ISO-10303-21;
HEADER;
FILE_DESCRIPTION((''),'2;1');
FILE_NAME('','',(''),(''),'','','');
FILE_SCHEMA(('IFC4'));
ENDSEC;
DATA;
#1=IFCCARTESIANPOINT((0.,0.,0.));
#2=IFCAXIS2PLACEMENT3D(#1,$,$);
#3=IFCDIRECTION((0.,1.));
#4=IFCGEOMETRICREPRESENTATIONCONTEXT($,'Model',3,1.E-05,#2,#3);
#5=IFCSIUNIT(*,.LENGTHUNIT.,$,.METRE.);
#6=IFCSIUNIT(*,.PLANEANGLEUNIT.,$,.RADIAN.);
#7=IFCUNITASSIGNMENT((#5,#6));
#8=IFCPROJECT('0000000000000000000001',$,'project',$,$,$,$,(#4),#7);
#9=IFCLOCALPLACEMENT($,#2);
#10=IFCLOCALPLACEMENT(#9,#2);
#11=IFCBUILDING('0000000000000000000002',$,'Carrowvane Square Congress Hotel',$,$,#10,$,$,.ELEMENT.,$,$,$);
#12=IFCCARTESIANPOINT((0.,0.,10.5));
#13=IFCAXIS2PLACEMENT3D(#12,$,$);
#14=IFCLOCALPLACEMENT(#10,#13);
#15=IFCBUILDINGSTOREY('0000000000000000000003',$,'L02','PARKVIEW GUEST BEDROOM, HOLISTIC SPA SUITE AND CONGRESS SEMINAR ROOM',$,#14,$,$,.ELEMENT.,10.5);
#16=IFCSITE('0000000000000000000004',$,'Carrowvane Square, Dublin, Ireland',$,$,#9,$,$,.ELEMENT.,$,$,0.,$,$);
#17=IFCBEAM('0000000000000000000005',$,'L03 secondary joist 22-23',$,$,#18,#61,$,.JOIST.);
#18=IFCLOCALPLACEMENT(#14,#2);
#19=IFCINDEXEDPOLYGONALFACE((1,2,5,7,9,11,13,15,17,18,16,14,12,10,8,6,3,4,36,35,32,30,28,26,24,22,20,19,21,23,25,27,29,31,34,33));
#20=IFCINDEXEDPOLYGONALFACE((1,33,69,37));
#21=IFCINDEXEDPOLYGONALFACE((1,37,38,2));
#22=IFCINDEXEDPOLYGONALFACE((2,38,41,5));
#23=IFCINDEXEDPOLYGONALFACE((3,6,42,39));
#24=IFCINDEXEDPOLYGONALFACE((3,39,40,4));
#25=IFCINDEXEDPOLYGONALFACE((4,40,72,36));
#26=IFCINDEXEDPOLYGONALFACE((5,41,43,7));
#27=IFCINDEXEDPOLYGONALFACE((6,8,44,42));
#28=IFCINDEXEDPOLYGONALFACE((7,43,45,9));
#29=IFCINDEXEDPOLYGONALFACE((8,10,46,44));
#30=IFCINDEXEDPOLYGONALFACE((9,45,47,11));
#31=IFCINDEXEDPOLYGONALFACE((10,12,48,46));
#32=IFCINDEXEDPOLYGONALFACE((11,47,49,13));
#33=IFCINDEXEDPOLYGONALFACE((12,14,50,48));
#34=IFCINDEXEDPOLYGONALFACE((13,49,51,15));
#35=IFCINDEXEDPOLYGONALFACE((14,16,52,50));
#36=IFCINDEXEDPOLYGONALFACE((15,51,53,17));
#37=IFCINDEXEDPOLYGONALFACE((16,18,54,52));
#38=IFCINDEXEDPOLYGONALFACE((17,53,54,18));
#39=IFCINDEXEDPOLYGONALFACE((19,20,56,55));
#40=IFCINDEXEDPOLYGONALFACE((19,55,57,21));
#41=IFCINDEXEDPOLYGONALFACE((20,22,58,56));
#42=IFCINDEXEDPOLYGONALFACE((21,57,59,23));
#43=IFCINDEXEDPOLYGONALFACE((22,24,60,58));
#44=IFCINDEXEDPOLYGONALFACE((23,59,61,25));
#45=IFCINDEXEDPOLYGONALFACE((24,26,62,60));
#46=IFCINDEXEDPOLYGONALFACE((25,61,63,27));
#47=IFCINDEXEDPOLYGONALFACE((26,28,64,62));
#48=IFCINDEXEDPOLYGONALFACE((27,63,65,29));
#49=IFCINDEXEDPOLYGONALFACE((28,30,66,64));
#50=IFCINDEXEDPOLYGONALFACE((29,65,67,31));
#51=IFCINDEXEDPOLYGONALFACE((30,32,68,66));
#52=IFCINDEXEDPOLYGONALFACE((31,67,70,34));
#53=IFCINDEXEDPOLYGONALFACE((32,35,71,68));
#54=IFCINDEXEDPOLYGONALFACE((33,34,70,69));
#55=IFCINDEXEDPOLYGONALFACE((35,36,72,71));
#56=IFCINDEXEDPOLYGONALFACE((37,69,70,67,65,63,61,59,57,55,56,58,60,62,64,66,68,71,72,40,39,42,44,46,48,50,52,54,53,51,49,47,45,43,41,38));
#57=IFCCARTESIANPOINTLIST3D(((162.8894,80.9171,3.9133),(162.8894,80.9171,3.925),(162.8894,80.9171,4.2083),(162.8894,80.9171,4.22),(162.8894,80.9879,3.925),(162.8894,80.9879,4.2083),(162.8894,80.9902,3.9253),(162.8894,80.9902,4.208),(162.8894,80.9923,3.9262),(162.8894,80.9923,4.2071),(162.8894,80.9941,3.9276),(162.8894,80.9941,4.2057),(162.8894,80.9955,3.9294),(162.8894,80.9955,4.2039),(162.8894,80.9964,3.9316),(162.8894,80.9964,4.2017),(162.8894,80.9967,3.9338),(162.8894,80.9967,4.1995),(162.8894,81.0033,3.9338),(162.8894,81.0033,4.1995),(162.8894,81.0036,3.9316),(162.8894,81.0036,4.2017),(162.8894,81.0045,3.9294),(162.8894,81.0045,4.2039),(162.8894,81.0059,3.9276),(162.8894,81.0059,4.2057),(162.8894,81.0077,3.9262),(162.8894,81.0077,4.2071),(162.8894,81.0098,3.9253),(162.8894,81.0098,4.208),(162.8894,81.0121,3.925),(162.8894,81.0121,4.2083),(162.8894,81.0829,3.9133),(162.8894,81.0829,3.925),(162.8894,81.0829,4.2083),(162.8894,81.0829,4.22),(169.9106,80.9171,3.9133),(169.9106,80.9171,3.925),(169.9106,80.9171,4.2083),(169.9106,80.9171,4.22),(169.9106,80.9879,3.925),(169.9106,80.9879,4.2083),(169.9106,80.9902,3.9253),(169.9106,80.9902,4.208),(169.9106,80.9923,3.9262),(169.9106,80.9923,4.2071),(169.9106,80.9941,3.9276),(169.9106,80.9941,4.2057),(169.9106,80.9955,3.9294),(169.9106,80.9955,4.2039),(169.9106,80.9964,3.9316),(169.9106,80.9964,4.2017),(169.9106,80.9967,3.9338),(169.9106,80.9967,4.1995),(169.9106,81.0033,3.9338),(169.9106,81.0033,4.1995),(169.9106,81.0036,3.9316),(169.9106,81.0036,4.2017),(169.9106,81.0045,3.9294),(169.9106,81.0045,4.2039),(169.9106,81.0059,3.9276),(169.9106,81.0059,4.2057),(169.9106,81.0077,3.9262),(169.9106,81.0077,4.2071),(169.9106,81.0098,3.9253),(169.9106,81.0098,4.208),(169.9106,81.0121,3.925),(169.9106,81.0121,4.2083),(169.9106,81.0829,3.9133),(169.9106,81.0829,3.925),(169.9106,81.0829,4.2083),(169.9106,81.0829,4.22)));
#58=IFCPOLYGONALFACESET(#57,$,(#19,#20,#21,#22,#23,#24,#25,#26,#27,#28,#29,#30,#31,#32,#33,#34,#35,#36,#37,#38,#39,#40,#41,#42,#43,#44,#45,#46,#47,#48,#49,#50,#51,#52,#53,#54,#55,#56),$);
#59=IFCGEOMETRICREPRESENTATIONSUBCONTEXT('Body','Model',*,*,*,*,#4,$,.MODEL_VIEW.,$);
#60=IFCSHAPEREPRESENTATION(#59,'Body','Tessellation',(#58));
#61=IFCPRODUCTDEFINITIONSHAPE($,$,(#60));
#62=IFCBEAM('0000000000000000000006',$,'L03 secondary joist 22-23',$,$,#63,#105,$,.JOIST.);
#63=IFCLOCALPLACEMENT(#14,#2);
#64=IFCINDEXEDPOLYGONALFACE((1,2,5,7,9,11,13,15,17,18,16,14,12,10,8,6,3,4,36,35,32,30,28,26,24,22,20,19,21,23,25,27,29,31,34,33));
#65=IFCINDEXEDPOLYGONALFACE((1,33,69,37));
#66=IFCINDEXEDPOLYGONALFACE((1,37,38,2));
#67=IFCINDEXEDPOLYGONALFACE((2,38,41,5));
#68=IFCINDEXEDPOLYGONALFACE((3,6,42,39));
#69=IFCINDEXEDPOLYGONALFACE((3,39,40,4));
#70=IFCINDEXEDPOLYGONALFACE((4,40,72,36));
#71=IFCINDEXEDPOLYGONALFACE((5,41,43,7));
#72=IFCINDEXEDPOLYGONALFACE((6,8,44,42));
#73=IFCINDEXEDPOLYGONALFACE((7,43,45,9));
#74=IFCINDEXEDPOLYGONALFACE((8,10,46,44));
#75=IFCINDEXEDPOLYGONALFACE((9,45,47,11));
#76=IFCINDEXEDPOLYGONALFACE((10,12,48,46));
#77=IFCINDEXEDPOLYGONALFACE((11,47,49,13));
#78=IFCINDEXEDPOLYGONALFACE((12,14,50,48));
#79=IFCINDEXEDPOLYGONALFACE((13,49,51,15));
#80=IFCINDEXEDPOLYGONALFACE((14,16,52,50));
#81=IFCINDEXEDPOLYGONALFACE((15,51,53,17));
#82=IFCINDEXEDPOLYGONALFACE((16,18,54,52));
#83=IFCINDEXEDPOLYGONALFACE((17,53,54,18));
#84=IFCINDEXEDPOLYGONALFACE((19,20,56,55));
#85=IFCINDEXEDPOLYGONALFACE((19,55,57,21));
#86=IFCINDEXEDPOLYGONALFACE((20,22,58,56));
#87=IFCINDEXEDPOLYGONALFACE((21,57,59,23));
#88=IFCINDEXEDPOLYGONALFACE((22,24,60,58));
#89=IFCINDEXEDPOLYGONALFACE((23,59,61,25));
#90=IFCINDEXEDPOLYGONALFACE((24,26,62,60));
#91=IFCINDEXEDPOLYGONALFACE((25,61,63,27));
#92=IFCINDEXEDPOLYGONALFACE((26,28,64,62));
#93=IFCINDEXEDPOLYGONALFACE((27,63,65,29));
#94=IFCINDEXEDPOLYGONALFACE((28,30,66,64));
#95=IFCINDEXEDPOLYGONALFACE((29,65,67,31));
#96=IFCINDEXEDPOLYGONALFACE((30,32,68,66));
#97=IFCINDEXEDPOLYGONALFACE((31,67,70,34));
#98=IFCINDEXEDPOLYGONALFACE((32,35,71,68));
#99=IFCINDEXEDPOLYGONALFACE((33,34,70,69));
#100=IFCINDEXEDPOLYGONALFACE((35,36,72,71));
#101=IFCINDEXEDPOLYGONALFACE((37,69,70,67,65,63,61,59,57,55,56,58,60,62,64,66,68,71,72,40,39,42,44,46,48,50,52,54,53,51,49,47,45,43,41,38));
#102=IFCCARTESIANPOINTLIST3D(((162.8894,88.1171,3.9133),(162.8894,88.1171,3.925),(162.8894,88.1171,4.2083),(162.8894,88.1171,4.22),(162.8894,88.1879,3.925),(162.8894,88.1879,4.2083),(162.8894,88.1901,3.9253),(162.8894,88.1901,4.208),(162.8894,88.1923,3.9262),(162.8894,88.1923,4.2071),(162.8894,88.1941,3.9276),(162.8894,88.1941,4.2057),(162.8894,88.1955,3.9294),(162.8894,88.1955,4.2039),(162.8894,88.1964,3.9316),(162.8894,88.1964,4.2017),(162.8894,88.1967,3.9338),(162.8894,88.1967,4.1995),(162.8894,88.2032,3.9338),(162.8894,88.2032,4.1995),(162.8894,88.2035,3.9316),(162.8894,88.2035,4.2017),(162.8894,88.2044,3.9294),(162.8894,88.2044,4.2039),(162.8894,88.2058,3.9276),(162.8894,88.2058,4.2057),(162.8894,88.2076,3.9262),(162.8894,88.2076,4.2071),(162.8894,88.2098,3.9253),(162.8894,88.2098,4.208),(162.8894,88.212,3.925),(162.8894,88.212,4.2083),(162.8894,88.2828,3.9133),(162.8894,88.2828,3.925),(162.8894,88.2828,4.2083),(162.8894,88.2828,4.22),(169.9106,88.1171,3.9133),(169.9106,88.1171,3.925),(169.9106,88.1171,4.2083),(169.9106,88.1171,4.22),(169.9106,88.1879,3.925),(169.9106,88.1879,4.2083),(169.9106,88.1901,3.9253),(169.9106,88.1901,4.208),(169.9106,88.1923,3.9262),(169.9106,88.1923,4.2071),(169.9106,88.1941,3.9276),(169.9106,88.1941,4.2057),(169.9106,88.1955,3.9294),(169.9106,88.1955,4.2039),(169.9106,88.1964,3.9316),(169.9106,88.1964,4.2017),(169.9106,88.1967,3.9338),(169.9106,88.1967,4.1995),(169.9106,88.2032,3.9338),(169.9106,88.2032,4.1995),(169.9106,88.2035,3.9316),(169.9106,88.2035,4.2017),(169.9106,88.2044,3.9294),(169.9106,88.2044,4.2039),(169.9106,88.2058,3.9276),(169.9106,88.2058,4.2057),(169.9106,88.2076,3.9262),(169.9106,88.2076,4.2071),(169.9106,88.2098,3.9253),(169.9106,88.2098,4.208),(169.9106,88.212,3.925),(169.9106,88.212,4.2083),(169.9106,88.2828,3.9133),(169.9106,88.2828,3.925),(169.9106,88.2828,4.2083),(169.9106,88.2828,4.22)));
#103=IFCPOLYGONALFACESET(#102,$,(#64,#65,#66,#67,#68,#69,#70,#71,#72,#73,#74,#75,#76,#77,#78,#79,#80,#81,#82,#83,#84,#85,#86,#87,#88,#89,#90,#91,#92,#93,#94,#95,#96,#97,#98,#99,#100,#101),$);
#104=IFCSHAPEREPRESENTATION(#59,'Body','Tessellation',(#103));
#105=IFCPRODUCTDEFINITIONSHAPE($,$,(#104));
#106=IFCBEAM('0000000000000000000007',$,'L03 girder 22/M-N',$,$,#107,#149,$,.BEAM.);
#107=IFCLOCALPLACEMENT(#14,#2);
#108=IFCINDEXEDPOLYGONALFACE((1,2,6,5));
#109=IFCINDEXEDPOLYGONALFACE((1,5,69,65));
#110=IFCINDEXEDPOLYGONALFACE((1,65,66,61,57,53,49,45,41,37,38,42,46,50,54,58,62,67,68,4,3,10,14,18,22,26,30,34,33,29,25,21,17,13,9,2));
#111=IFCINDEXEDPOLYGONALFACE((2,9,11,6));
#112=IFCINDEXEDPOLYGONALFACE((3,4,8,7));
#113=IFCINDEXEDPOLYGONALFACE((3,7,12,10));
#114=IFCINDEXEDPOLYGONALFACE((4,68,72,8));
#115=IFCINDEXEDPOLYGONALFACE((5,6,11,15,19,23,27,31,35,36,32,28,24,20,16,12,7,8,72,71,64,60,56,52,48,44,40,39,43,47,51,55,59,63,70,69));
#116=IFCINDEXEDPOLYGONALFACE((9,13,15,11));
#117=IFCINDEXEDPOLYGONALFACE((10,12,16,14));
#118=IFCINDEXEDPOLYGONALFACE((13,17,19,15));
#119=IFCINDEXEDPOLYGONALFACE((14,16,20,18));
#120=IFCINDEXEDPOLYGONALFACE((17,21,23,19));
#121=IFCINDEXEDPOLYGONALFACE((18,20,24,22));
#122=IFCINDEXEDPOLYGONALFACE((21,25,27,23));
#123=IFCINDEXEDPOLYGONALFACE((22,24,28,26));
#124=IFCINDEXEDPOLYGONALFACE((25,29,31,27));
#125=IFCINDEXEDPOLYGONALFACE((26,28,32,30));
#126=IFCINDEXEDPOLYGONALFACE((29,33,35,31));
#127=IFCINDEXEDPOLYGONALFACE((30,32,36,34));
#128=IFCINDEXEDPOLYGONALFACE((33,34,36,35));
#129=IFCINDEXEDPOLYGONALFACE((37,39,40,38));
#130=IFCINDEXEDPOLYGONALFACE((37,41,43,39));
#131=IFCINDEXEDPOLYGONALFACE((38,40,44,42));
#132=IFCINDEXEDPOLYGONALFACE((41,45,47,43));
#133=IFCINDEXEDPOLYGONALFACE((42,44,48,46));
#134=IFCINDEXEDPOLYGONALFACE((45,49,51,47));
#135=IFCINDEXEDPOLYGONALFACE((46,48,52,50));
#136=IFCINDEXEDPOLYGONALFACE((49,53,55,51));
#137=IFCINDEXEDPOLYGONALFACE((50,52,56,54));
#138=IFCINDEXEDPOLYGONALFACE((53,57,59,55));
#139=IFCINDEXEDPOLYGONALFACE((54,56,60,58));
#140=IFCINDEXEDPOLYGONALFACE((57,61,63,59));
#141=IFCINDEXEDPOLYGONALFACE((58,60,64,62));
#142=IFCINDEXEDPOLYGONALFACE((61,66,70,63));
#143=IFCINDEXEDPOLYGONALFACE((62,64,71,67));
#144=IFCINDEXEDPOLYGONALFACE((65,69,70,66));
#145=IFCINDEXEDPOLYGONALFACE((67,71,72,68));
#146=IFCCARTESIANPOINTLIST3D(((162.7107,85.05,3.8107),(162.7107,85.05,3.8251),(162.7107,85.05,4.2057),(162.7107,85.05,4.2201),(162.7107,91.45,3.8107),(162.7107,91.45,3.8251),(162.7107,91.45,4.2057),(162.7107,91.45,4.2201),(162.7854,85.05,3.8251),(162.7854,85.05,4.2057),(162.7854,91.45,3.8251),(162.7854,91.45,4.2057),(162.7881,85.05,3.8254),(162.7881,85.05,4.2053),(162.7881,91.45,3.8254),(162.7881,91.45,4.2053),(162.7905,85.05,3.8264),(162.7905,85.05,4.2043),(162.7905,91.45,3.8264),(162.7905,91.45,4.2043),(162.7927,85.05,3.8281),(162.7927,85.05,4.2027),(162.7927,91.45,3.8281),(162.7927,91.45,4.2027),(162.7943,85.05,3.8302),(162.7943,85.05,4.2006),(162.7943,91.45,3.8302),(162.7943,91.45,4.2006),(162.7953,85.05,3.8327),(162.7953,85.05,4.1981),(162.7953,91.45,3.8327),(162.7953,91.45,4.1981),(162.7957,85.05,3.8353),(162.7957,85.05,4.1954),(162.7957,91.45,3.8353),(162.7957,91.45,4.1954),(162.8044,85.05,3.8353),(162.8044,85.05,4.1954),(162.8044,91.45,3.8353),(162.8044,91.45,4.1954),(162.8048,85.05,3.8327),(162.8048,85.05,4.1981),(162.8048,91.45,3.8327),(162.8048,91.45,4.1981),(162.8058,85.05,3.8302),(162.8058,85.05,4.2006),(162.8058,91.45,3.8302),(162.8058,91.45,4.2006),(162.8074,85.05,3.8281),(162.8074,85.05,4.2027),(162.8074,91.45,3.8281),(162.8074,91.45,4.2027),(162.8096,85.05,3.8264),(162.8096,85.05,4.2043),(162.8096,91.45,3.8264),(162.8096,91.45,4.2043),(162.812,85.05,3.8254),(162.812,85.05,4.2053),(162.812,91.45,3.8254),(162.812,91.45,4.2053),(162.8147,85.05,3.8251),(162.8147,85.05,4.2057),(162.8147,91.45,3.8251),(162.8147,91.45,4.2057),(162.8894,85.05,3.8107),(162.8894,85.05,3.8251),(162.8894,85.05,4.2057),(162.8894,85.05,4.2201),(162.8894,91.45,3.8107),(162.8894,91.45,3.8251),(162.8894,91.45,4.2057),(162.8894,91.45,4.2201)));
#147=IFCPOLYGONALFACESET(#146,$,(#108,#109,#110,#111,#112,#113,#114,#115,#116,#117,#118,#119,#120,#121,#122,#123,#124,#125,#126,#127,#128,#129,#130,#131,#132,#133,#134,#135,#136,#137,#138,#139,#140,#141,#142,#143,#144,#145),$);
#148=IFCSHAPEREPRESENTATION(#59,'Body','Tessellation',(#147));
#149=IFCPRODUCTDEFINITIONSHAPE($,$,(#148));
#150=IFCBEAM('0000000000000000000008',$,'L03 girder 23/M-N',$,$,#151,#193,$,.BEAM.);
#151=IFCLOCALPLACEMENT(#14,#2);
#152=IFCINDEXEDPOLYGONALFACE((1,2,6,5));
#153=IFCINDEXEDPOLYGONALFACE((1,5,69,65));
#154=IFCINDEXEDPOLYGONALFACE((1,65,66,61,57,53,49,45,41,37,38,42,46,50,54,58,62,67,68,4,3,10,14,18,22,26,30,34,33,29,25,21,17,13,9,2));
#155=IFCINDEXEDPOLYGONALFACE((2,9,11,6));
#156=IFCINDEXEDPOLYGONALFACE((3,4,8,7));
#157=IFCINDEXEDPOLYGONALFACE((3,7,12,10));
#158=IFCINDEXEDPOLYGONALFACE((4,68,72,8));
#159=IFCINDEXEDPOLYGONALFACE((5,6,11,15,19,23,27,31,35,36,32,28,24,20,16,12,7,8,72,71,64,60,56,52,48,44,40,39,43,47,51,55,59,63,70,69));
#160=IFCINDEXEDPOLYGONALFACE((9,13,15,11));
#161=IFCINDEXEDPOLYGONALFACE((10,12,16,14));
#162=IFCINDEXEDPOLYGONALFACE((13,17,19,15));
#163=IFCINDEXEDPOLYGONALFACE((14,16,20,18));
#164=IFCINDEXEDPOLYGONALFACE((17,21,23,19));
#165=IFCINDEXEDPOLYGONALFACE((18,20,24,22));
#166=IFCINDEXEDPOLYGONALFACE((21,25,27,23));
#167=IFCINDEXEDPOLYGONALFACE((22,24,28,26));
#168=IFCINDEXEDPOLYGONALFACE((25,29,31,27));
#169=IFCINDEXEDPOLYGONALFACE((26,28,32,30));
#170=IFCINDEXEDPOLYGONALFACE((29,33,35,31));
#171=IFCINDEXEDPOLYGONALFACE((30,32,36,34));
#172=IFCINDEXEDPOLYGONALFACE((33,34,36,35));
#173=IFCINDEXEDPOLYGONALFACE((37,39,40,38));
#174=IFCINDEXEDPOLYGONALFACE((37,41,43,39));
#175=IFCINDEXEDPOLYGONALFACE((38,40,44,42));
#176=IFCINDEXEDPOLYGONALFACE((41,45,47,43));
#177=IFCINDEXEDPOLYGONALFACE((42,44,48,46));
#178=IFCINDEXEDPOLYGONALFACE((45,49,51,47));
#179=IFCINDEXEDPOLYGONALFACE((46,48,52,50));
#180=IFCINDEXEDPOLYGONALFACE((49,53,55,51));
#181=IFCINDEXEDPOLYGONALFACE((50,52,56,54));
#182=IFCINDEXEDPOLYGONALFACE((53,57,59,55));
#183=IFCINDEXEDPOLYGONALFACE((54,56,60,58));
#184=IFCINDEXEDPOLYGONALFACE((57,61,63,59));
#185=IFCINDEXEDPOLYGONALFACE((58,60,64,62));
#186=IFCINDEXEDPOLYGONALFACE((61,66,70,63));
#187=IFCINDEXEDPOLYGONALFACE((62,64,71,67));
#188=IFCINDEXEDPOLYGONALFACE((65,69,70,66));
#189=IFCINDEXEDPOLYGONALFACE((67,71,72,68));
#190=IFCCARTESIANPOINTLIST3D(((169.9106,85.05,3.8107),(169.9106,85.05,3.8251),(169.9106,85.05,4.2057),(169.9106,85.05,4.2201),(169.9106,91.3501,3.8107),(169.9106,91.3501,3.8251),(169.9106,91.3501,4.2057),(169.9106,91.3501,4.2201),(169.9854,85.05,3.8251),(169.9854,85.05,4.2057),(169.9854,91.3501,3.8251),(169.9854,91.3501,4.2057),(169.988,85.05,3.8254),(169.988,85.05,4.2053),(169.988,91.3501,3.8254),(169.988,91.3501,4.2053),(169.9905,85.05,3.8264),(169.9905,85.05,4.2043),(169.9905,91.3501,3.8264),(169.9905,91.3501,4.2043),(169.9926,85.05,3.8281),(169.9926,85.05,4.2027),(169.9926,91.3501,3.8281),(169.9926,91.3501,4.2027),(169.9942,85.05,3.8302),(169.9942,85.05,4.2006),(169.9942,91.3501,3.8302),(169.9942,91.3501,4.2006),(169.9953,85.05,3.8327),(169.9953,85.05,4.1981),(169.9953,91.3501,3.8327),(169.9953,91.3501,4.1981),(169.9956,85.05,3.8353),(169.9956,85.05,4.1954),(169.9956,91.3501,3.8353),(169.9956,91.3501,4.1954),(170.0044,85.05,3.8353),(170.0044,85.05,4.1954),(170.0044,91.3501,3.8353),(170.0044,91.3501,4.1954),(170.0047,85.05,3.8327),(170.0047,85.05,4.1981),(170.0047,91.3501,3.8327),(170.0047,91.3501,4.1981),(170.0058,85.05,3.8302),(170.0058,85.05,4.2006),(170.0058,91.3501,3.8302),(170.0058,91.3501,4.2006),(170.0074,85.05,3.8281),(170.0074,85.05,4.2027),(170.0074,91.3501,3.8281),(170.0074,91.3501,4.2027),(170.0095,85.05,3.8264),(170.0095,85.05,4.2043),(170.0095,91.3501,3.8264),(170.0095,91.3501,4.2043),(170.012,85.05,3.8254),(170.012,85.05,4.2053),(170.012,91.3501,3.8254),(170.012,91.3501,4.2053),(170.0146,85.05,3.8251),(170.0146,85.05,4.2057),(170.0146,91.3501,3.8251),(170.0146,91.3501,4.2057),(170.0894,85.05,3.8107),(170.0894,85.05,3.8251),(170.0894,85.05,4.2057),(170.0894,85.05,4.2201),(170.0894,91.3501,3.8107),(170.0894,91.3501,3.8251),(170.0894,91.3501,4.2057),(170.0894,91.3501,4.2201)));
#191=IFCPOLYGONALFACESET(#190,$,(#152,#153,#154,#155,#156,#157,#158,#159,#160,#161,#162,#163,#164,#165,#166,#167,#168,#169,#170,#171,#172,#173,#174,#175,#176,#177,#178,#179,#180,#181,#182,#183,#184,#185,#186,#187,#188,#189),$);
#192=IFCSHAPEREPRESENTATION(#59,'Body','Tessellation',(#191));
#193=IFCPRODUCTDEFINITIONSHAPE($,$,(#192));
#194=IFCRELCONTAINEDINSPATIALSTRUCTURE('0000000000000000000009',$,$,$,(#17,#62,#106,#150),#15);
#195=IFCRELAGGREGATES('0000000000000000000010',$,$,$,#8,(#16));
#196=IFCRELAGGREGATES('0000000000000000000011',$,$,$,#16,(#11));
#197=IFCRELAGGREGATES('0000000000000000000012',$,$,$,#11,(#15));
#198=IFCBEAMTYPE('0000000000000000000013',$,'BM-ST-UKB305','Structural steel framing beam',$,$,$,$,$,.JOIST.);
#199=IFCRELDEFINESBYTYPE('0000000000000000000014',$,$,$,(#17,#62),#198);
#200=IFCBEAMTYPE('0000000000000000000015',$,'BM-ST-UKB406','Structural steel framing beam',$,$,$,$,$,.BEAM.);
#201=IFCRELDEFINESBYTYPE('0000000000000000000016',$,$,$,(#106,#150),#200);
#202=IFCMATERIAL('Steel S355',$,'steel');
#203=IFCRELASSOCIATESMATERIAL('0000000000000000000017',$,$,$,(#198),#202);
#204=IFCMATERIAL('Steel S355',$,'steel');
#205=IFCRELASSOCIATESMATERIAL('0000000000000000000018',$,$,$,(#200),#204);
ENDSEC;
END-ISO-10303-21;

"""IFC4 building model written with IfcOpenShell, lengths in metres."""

from ifc_helpers import new_model, si_unit, direction, frame, origin, origin_2d, place, context, subcontext, project, spatial, i_section, extrude, material, material_profile, profile_set, type_object, element, save


model = new_model("IFC4")

# Units and contexts
model_context = context("Model", 3, precision=1e-05, world=origin(), true_north=direction((0.0, 1.0)))
body_context = subcontext(model_context, "Body", "Model", "MODEL_VIEW")
ifc_project = project(units=[si_unit("LENGTHUNIT", "METRE"), si_unit("PLANEANGLEUNIT", "RADIAN")], contexts=[model_context])

# Site, building, storey
site_placement = place(None, origin())
site = spatial("IfcSite", under=ifc_project, at=site_placement, Name="Carrowvane Square, Dublin, Ireland", CompositionType="ELEMENT", RefElevation=0.0)
building_placement = place(site_placement, origin())
building = spatial("IfcBuilding", under=site, at=building_placement, Name="Carrowvane Square Congress Hotel", CompositionType="ELEMENT")
storey_placement = place(building_placement, frame((0.0, 0.0, 10.5)))
storey = spatial("IfcBuildingStorey", under=building, at=storey_placement, Name="L02", Description="PARKVIEW GUEST BEDROOM, HOLISTIC SPA SUITE AND CONGRESS SEMINAR ROOM", CompositionType="ELEMENT", Elevation=10.5)

# Beams
ifc_material_1 = material(Name="Steel S355", Category="steel")
ifc_material_profile_1 = material_profile(ifc_material_1, i_section(OverallWidth=0.1658, OverallDepth=0.3066, WebThickness=0.0066, FlangeThickness=0.0117, FilletRadius=0.0088, at=origin_2d()), Name="UKB 305x165x46")
ifc_profile_set_1 = profile_set([ifc_material_profile_1], Name="Steel S355")
beam_type_1 = type_object("IfcBeamType", Name="BM-ST-UKB305", Description="Structural steel framing beam", PredefinedType="JOIST", material=ifc_profile_set_1)
for number, where, z_axis, x_axis, name in (
    (1, (162.8894, 81.0, 4.0667), (1.0, 0.0, 0.0), (0.0, 1.0, 0.0), "L03 secondary joist 22-23"),
    (2, (162.8894, 88.2, 4.0667), (1.0, 0.0, 0.0), (0.0, 1.0, 0.0), "L03 secondary joist 22-23"),
):
    element("IfcBeam", number, at=place(storey_placement, frame(where, z_axis=z_axis, x_axis=x_axis)), inside=storey, type_object=beam_type_1, Name=name, PredefinedType="JOIST", context=body_context, shape_type="SweptSolid", body=[
        extrude(i_section(OverallWidth=0.1658, OverallDepth=0.3066, WebThickness=0.0066, FlangeThickness=0.0117, FilletRadius=0.0088, at=origin_2d()), origin(), (0.0, 0.0, 1.0), 7.0212),
    ])
ifc_material_2 = material(Name="Steel S355", Category="steel")
ifc_material_profile_2 = material_profile(ifc_material_2, i_section(OverallWidth=0.1787, OverallDepth=0.4094, WebThickness=0.0088, FlangeThickness=0.0144, FilletRadius=0.0103, at=origin_2d()), Name="UKB 406x178x67")
ifc_profile_set_2 = profile_set([ifc_material_profile_2], Name="Steel S355")
beam_type_2 = type_object("IfcBeamType", Name="BM-ST-UKB406", Description="Structural steel framing beam", PredefinedType="BEAM", material=ifc_profile_set_2)
beam_1_placement = place(storey_placement, frame((162.8, 85.05, 4.0154), z_axis=(0.0, 1.0, 0.0), x_axis=(-1.0, 0.0, 0.0)))
element("IfcBeam", 3, at=beam_1_placement, inside=storey, type_object=beam_type_2, Name="L03 girder 22/M-N", PredefinedType="BEAM", context=body_context, shape_type="SweptSolid", body=[
    extrude(i_section(OverallWidth=0.1787, OverallDepth=0.4094, WebThickness=0.0088, FlangeThickness=0.0144, FilletRadius=0.0103, at=origin_2d()), origin(), (0.0, 0.0, 1.0), 6.3999),
])
beam_2_placement = place(storey_placement, frame((170.0, 85.05, 4.0154), z_axis=(0.0, 1.0, 0.0), x_axis=(-1.0, 0.0, 0.0)))
element("IfcBeam", 4, at=beam_2_placement, inside=storey, type_object=beam_type_2, Name="L03 girder 23/M-N", PredefinedType="BEAM", context=body_context, shape_type="SweptSolid", body=[
    extrude(i_section(OverallWidth=0.1787, OverallDepth=0.4094, WebThickness=0.0088, FlangeThickness=0.0144, FilletRadius=0.0103, at=origin_2d()), origin(), (0.0, 0.0, 1.0), 6.3),
])

save(model, "model.ifc")
